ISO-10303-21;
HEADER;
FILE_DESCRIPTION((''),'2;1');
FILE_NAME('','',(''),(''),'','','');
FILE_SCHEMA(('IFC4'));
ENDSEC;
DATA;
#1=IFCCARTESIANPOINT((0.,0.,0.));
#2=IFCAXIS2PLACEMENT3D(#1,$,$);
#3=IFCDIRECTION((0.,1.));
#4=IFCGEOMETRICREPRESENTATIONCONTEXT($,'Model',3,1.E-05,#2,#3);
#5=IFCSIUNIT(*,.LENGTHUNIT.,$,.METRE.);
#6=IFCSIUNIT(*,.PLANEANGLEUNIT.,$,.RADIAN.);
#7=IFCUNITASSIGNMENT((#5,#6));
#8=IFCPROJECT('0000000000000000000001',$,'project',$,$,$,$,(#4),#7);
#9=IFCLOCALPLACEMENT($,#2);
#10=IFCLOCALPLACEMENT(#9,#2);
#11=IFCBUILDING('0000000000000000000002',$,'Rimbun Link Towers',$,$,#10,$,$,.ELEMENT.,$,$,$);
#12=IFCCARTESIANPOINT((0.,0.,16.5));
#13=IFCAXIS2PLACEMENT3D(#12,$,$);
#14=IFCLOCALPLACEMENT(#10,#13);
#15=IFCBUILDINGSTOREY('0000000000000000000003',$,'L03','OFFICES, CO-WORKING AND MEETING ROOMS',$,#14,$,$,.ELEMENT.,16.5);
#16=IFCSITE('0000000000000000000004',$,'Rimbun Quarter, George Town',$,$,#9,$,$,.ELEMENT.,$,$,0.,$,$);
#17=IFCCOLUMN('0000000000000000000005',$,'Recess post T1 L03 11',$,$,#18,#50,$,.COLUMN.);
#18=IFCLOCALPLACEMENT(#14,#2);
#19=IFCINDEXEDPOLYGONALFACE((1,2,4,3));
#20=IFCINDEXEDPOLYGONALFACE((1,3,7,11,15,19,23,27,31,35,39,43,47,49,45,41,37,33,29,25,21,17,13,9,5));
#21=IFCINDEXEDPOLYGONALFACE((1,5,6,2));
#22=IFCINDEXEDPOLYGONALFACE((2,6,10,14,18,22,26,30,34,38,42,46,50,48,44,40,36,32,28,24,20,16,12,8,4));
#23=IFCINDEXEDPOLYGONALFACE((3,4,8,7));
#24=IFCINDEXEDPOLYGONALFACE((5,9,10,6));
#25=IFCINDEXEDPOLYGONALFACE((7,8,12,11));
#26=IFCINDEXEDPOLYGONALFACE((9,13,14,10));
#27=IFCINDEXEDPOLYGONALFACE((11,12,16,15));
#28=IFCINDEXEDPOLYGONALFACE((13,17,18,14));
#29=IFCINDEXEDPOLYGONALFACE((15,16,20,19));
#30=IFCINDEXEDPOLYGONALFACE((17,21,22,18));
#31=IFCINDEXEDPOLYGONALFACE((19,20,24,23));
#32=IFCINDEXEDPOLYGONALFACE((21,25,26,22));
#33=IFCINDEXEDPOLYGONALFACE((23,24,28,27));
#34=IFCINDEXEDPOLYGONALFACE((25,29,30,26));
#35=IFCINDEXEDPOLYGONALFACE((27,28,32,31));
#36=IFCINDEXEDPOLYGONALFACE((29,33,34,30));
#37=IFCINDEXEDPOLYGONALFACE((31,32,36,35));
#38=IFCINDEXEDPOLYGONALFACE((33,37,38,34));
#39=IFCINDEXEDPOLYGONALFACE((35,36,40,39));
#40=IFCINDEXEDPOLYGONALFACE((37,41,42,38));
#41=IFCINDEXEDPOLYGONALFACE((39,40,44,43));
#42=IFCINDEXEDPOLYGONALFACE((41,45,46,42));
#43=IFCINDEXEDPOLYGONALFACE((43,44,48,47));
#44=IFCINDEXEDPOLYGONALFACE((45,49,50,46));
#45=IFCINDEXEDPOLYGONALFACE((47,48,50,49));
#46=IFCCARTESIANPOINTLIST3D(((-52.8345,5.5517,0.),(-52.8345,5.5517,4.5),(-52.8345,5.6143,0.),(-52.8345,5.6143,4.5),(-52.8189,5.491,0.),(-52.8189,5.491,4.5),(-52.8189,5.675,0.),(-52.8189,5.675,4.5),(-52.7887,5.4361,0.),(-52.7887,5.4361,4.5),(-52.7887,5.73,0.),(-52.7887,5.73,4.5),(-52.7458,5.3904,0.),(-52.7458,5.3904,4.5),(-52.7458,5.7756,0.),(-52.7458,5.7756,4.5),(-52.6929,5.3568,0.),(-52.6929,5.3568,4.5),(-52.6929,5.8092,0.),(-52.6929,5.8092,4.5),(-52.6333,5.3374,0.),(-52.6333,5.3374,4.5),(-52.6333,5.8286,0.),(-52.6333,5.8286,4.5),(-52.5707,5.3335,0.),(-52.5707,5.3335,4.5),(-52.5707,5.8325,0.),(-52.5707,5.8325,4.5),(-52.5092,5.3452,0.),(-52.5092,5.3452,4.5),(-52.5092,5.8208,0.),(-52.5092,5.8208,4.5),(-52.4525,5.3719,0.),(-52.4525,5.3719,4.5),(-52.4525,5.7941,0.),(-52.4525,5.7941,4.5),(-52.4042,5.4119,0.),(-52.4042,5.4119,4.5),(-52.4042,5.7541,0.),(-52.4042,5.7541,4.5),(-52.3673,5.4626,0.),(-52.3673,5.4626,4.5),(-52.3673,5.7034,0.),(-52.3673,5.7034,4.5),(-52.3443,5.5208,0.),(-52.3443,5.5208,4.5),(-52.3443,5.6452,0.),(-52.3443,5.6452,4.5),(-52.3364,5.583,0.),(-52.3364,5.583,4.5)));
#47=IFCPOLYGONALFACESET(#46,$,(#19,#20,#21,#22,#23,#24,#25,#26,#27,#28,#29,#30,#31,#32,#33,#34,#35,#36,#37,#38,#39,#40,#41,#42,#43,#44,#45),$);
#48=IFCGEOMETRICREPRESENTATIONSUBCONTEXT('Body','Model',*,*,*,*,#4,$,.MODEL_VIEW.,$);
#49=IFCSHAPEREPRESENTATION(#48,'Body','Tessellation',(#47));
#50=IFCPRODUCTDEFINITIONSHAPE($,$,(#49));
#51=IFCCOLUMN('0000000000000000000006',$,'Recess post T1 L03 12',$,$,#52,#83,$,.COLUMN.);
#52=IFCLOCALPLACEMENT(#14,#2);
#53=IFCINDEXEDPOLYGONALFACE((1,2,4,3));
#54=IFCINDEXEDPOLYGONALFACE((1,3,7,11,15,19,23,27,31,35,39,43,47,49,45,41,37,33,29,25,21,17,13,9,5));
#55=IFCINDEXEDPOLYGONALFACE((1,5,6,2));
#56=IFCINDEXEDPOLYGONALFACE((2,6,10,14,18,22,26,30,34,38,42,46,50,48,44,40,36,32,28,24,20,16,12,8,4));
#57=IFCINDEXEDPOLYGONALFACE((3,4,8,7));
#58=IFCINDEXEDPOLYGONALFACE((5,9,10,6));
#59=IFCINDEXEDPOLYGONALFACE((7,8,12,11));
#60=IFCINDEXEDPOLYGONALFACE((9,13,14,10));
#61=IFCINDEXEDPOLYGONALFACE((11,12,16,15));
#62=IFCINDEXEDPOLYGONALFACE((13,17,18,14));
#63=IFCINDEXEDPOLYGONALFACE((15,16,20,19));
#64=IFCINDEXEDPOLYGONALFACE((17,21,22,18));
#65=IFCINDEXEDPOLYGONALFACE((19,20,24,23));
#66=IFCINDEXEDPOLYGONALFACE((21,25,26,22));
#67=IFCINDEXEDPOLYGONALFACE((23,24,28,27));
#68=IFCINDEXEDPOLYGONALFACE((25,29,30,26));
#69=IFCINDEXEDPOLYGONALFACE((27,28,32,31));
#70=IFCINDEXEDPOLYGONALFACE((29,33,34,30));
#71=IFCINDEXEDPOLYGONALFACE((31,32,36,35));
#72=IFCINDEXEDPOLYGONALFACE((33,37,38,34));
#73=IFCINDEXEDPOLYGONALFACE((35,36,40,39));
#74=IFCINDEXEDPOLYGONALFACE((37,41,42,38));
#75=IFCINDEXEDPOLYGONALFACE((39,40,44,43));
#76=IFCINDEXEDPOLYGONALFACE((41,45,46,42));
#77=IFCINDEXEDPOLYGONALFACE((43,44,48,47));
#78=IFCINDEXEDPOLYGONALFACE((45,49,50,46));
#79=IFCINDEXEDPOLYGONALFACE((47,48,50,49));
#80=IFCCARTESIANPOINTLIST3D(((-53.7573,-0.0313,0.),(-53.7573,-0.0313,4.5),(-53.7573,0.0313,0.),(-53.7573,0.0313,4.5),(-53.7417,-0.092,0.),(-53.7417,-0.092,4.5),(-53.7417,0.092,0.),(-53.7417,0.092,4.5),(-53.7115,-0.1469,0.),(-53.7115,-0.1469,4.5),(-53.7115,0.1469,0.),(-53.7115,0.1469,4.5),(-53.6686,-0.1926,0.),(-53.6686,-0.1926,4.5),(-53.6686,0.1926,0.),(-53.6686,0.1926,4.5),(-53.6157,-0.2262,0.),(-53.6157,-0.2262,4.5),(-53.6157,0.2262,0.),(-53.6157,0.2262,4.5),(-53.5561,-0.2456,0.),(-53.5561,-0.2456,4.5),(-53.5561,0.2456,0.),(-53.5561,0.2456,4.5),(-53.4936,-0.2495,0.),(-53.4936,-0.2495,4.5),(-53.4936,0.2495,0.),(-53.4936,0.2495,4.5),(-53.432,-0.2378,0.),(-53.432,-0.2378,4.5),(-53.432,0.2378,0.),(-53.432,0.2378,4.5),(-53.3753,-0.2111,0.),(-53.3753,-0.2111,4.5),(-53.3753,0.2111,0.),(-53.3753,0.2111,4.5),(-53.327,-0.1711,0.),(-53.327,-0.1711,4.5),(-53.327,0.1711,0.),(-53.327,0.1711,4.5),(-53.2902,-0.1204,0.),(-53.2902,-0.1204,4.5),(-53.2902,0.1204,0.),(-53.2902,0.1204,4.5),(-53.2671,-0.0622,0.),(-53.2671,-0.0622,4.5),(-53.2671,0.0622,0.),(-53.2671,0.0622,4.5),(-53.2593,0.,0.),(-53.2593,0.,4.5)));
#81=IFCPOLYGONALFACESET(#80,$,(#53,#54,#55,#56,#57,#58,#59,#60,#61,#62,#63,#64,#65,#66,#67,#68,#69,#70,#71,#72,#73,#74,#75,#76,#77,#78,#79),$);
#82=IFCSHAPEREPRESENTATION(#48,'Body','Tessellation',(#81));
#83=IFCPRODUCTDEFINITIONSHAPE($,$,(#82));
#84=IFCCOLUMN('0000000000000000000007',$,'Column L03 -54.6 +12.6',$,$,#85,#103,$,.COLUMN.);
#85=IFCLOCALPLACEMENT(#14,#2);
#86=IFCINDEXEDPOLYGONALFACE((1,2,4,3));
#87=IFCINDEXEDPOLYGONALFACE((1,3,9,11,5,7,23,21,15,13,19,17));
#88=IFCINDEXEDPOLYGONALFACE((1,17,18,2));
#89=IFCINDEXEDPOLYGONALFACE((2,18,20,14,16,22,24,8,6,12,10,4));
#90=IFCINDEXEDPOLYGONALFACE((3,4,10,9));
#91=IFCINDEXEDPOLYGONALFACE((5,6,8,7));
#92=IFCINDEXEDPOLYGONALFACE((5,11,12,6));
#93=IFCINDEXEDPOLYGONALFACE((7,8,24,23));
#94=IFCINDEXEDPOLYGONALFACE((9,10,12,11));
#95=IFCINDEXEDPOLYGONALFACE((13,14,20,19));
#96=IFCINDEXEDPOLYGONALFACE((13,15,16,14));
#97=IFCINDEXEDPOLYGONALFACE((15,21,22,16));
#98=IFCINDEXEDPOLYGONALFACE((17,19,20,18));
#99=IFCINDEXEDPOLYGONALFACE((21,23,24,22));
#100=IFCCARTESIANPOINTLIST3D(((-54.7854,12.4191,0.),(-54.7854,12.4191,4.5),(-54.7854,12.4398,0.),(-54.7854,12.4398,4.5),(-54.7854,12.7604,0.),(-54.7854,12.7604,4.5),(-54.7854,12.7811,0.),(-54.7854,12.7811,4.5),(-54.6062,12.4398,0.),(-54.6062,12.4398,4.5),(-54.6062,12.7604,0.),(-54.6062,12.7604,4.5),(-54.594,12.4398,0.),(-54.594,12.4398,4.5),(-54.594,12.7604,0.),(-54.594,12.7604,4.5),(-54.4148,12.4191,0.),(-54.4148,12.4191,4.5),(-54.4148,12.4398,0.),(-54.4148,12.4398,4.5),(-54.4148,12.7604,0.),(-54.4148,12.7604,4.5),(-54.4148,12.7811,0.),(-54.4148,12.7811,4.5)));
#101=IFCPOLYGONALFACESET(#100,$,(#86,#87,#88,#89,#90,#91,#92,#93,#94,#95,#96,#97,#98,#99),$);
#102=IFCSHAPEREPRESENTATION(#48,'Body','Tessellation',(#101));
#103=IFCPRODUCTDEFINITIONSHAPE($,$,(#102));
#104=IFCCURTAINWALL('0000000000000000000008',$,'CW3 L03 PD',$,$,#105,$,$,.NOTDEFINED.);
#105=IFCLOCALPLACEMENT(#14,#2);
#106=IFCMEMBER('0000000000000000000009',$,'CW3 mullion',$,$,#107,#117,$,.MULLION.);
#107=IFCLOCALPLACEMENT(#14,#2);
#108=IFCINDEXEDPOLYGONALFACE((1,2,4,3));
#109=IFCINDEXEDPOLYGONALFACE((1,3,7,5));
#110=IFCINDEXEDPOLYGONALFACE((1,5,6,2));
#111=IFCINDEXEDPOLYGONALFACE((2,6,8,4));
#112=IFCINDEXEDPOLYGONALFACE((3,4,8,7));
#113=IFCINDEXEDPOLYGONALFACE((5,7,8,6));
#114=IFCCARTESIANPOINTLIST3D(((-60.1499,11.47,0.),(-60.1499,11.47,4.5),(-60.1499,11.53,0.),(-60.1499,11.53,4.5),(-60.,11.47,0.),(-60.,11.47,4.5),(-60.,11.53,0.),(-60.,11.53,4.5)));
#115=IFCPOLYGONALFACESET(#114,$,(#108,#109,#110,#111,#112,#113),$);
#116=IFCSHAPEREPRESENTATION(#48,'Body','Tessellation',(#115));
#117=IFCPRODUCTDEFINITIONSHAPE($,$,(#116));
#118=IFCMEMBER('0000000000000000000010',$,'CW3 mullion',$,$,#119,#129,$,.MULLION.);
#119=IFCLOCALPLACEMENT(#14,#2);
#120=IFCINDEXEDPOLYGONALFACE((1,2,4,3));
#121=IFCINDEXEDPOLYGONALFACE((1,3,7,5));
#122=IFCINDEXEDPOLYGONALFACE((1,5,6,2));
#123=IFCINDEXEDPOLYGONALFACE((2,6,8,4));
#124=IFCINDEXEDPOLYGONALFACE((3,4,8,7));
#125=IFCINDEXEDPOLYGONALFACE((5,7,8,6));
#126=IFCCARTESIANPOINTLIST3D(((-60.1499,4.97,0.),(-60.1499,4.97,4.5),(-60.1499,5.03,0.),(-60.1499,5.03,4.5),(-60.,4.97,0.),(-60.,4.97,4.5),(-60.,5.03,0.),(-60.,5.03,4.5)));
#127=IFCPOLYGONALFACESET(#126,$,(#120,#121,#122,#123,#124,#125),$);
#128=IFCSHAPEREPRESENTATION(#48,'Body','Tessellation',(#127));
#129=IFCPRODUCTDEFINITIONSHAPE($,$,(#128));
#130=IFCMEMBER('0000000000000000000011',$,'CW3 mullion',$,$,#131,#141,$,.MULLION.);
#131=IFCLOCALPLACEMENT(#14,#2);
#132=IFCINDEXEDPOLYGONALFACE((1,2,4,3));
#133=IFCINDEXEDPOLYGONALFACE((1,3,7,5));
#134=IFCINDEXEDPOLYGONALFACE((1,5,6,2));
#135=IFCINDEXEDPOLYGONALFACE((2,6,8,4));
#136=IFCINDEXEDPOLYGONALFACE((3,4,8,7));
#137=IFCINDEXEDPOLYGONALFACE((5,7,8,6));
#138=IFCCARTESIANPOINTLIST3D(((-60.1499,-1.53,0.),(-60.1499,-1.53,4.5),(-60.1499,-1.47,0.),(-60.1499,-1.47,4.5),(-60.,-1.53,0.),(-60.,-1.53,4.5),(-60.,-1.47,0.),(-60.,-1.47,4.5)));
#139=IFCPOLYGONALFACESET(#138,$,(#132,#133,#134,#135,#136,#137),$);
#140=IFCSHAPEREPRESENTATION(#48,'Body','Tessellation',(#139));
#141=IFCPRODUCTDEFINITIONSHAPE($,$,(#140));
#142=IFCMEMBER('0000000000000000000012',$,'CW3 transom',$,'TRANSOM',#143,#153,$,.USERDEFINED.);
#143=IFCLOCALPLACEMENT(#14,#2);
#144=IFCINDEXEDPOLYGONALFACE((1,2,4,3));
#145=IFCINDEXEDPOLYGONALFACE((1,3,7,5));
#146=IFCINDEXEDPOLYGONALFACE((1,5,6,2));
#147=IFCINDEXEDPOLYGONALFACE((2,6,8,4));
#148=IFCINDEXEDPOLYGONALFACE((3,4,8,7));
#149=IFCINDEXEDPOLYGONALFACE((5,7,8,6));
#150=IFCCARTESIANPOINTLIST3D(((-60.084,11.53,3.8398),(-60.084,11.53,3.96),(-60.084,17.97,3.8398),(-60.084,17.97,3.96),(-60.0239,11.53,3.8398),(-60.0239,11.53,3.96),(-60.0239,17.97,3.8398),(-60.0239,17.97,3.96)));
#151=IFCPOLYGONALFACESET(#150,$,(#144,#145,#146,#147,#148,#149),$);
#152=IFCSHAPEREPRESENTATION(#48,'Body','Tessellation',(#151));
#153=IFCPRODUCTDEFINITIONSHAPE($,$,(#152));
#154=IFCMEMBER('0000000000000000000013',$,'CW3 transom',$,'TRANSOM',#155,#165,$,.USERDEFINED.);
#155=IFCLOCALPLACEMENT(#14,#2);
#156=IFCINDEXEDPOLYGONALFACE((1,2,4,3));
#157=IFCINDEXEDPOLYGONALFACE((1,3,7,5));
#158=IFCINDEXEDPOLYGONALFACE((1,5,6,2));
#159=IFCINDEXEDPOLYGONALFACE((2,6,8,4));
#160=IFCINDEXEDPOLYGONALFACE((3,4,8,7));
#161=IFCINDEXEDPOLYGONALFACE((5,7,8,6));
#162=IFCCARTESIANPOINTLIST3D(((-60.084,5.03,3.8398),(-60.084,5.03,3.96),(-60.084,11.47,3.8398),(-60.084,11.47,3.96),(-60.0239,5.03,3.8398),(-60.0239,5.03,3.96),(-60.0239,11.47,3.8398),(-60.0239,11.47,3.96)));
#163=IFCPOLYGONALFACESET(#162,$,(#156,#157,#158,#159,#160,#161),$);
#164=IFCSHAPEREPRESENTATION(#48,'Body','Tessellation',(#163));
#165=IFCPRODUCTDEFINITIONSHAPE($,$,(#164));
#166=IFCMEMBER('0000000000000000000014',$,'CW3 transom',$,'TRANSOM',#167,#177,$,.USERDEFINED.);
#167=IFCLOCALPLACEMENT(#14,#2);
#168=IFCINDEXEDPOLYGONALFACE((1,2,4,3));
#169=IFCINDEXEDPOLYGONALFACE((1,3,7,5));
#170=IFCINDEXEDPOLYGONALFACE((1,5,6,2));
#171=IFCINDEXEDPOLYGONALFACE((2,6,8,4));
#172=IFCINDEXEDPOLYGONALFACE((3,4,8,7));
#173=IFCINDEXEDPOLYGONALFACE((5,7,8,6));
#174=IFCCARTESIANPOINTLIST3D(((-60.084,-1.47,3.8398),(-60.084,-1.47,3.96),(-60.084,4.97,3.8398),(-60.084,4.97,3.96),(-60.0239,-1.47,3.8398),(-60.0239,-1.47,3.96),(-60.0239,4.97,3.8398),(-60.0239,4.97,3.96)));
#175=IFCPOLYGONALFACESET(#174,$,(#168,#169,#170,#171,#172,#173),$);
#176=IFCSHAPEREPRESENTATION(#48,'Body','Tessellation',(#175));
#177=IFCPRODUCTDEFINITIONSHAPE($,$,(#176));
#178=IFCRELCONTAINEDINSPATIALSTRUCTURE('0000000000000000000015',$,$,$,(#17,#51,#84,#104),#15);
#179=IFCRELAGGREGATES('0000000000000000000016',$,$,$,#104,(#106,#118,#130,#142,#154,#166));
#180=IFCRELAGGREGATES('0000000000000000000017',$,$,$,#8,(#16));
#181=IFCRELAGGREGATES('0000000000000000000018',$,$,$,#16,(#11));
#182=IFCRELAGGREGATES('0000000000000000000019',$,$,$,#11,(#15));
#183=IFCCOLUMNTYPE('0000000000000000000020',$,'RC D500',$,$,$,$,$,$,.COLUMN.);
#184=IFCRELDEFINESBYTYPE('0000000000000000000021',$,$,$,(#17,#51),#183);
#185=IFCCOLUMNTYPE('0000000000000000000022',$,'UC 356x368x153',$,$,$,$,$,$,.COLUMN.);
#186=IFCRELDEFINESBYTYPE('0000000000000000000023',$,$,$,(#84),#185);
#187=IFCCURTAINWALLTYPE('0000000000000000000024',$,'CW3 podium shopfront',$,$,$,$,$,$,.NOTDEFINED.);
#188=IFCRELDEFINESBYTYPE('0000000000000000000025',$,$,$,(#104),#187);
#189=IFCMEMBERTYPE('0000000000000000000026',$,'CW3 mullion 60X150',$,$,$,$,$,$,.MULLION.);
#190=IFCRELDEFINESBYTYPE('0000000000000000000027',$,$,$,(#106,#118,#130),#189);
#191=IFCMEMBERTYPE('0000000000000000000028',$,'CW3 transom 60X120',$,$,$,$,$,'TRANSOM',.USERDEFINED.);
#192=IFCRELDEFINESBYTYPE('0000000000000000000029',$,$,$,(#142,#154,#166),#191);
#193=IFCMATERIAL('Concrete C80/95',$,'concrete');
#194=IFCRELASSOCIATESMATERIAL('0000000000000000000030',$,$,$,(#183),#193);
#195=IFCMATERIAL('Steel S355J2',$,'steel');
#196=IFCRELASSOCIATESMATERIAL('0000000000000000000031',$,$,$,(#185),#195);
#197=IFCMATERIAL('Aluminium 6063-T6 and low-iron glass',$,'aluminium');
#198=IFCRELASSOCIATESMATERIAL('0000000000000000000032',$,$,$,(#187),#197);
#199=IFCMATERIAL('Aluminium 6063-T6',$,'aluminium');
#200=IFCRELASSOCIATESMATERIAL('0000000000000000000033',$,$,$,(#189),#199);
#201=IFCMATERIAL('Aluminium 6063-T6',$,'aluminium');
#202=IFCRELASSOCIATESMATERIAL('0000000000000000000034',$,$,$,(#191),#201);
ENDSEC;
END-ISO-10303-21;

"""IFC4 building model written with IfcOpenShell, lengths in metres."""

from ifc_helpers import new_model, si_unit, direction, frame, origin, origin_2d, place, context, subcontext, project, spatial, rectangle, circle, i_section, extrude, material, material_profile, profile_set, type_object, element, aggregate, save


model = new_model("IFC4")

# Units and contexts
model_context = context("Model", 3, precision=1e-05, world=origin(), true_north=direction((0.0, 1.0)))
body_context = subcontext(model_context, "Body", "Model", "MODEL_VIEW")
ifc_project = project(units=[si_unit("LENGTHUNIT", "METRE"), si_unit("PLANEANGLEUNIT", "RADIAN")], contexts=[model_context])

# Site, building, storey
site_placement = place(None, origin())
site = spatial("IfcSite", under=ifc_project, at=site_placement, Name="Rimbun Quarter, George Town", CompositionType="ELEMENT", RefElevation=0.0)
building_placement = place(site_placement, origin())
building = spatial("IfcBuilding", under=site, at=building_placement, Name="Rimbun Link Towers", CompositionType="ELEMENT")
storey_placement = place(building_placement, frame((0.0, 0.0, 16.5)))
storey = spatial("IfcBuildingStorey", under=building, at=storey_placement, Name="L03", Description="OFFICES, CO-WORKING AND MEETING ROOMS", CompositionType="ELEMENT", Elevation=16.5)

# Columns
ifc_material_1 = material(Name="Concrete C80/95", Category="concrete")
ifc_material_profile_1 = material_profile(ifc_material_1, circle(Radius=0.25, at=origin_2d()), Name="RC D500")
ifc_profile_set_1 = profile_set([ifc_material_profile_1], Name="Concrete C80/95")
column_type_1 = type_object("IfcColumnType", Name="RC D500", PredefinedType="COLUMN", material=ifc_profile_set_1)
for number, where, z_axis, x_axis, name in (
    (1, (-52.5864, 5.583, 0.0), (0.0, 0.0, 1.0), (1.0, 0.0, 0.0), "Recess post T1 L03 11"),
    (2, (-53.5093, 0.0, 0.0), (0.0, 0.0, 1.0), (1.0, 0.0, 0.0), "Recess post T1 L03 12"),
):
    element("IfcColumn", number, at=place(storey_placement, frame(where, z_axis=z_axis, x_axis=x_axis)), inside=storey, type_object=column_type_1, Name=name, PredefinedType="COLUMN", context=body_context, shape_type="SweptSolid", body=[
        extrude(circle(Radius=0.25, at=origin_2d()), origin(), (0.0, 0.0, 1.0), 4.5),
    ])
ifc_material_2 = material(Name="Steel S355J2", Category="steel")
ifc_material_profile_2 = material_profile(ifc_material_2, i_section(OverallWidth=0.3706, OverallDepth=0.3621, WebThickness=0.0122, FlangeThickness=0.0208, at=origin_2d()), Name="UC 356x368x153")
ifc_profile_set_2 = profile_set([ifc_material_profile_2], Name="Steel S355J2")
column_type_2 = type_object("IfcColumnType", Name="UC 356x368x153", PredefinedType="COLUMN", material=ifc_profile_set_2)
column_placement = place(storey_placement, frame((-54.6001, 12.6001, 0.0), z_axis=(0.0, 0.0, 1.0), x_axis=(1.0, 0.0, 0.0)))
element("IfcColumn", 3, at=column_placement, inside=storey, type_object=column_type_2, Name="Column L03 -54.6 +12.6", PredefinedType="COLUMN", context=body_context, shape_type="SweptSolid", body=[
    extrude(i_section(OverallWidth=0.3706, OverallDepth=0.3621, WebThickness=0.0122, FlangeThickness=0.0208, at=origin_2d()), origin(), (0.0, 0.0, 1.0), 4.5),
])

# Curtain wall, members
ifc_material_3 = material(Name="Aluminium 6063-T6 and low-iron glass", Category="aluminium")
curtain_wall_type = type_object("IfcCurtainWallType", Name="CW3 podium shopfront", PredefinedType="NOTDEFINED", material=ifc_material_3)
curtain_wall_placement = place(storey_placement, origin())
curtain_wall = element("IfcCurtainWall", 4, at=curtain_wall_placement, inside=storey, type_object=curtain_wall_type, Name="CW3 L03 PD", PredefinedType="NOTDEFINED")
ifc_material_4 = material(Name="Aluminium 6063-T6", Category="aluminium")
ifc_material_profile_3 = material_profile(ifc_material_4, rectangle(XDim=0.1499, YDim=0.0601, at=origin_2d()), Name="MULLION 60X150")
ifc_profile_set_3 = profile_set([ifc_material_profile_3], Name="Aluminium 6063-T6")
member_type_1 = type_object("IfcMemberType", Name="CW3 mullion 60X150", PredefinedType="MULLION", material=ifc_profile_set_3)
member_1_placement = place(storey_placement, frame((-60.075, 11.5, 0.0), z_axis=(0.0, 0.0, 1.0), x_axis=(-1.0, 0.0, 0.0)))
member_1 = element("IfcMember", 5, at=member_1_placement, type_object=member_type_1, Name="CW3 mullion", PredefinedType="MULLION", context=body_context, shape_type="SweptSolid", body=[
    extrude(rectangle(XDim=0.1499, YDim=0.0601, at=origin_2d()), origin(), (0.0, 0.0, 1.0), 4.5),
])
member_2_placement = place(storey_placement, frame((-60.075, 5.0, 0.0), z_axis=(0.0, 0.0, 1.0), x_axis=(-1.0, 0.0, 0.0)))
member_2 = element("IfcMember", 6, at=member_2_placement, type_object=member_type_1, Name="CW3 mullion", PredefinedType="MULLION", context=body_context, shape_type="SweptSolid", body=[
    extrude(rectangle(XDim=0.1499, YDim=0.0601, at=origin_2d()), origin(), (0.0, 0.0, 1.0), 4.5),
])
member_3_placement = place(storey_placement, frame((-60.075, -1.5, 0.0), z_axis=(0.0, 0.0, 1.0), x_axis=(-1.0, 0.0, 0.0)))
member_3 = element("IfcMember", 7, at=member_3_placement, type_object=member_type_1, Name="CW3 mullion", PredefinedType="MULLION", context=body_context, shape_type="SweptSolid", body=[
    extrude(rectangle(XDim=0.1499, YDim=0.0601, at=origin_2d()), origin(), (0.0, 0.0, 1.0), 4.5),
])
ifc_material_5 = material(Name="Aluminium 6063-T6", Category="aluminium")
ifc_material_profile_4 = material_profile(ifc_material_5, rectangle(XDim=0.0601, YDim=0.1201, at=origin_2d()), Name="TRANSOM 60X120")
ifc_profile_set_4 = profile_set([ifc_material_profile_4], Name="Aluminium 6063-T6")
member_type_2 = type_object("IfcMemberType", Name="CW3 transom 60X120", ElementType="TRANSOM", PredefinedType="USERDEFINED", material=ifc_profile_set_4)
member_4_placement = place(storey_placement, frame((-60.054, 11.53, 3.8999), z_axis=(0.0, 1.0, 0.0), x_axis=(-1.0, 0.0, 0.0)))
member_4 = element("IfcMember", 8, at=member_4_placement, type_object=member_type_2, Name="CW3 transom", ObjectType="TRANSOM", PredefinedType="USERDEFINED", context=body_context, shape_type="SweptSolid", body=[
    extrude(rectangle(XDim=0.0601, YDim=0.1201, at=origin_2d()), origin(), (0.0, 0.0, 1.0), 6.4399),
])
member_5_placement = place(storey_placement, frame((-60.054, 5.03, 3.8999), z_axis=(0.0, 1.0, 0.0), x_axis=(-1.0, 0.0, 0.0)))
member_5 = element("IfcMember", 9, at=member_5_placement, type_object=member_type_2, Name="CW3 transom", ObjectType="TRANSOM", PredefinedType="USERDEFINED", context=body_context, shape_type="SweptSolid", body=[
    extrude(rectangle(XDim=0.0601, YDim=0.1201, at=origin_2d()), origin(), (0.0, 0.0, 1.0), 6.4399),
])
member_6_placement = place(storey_placement, frame((-60.054, -1.47, 3.8999), z_axis=(0.0, 1.0, 0.0), x_axis=(-1.0, 0.0, 0.0)))
member_6 = element("IfcMember", 10, at=member_6_placement, type_object=member_type_2, Name="CW3 transom", ObjectType="TRANSOM", PredefinedType="USERDEFINED", context=body_context, shape_type="SweptSolid", body=[
    extrude(rectangle(XDim=0.0601, YDim=0.1201, at=origin_2d()), origin(), (0.0, 0.0, 1.0), 6.4399),
])

aggregate(curtain_wall, [member_1, member_2, member_3, member_4, member_5, member_6])

save(model, "model.ifc")
